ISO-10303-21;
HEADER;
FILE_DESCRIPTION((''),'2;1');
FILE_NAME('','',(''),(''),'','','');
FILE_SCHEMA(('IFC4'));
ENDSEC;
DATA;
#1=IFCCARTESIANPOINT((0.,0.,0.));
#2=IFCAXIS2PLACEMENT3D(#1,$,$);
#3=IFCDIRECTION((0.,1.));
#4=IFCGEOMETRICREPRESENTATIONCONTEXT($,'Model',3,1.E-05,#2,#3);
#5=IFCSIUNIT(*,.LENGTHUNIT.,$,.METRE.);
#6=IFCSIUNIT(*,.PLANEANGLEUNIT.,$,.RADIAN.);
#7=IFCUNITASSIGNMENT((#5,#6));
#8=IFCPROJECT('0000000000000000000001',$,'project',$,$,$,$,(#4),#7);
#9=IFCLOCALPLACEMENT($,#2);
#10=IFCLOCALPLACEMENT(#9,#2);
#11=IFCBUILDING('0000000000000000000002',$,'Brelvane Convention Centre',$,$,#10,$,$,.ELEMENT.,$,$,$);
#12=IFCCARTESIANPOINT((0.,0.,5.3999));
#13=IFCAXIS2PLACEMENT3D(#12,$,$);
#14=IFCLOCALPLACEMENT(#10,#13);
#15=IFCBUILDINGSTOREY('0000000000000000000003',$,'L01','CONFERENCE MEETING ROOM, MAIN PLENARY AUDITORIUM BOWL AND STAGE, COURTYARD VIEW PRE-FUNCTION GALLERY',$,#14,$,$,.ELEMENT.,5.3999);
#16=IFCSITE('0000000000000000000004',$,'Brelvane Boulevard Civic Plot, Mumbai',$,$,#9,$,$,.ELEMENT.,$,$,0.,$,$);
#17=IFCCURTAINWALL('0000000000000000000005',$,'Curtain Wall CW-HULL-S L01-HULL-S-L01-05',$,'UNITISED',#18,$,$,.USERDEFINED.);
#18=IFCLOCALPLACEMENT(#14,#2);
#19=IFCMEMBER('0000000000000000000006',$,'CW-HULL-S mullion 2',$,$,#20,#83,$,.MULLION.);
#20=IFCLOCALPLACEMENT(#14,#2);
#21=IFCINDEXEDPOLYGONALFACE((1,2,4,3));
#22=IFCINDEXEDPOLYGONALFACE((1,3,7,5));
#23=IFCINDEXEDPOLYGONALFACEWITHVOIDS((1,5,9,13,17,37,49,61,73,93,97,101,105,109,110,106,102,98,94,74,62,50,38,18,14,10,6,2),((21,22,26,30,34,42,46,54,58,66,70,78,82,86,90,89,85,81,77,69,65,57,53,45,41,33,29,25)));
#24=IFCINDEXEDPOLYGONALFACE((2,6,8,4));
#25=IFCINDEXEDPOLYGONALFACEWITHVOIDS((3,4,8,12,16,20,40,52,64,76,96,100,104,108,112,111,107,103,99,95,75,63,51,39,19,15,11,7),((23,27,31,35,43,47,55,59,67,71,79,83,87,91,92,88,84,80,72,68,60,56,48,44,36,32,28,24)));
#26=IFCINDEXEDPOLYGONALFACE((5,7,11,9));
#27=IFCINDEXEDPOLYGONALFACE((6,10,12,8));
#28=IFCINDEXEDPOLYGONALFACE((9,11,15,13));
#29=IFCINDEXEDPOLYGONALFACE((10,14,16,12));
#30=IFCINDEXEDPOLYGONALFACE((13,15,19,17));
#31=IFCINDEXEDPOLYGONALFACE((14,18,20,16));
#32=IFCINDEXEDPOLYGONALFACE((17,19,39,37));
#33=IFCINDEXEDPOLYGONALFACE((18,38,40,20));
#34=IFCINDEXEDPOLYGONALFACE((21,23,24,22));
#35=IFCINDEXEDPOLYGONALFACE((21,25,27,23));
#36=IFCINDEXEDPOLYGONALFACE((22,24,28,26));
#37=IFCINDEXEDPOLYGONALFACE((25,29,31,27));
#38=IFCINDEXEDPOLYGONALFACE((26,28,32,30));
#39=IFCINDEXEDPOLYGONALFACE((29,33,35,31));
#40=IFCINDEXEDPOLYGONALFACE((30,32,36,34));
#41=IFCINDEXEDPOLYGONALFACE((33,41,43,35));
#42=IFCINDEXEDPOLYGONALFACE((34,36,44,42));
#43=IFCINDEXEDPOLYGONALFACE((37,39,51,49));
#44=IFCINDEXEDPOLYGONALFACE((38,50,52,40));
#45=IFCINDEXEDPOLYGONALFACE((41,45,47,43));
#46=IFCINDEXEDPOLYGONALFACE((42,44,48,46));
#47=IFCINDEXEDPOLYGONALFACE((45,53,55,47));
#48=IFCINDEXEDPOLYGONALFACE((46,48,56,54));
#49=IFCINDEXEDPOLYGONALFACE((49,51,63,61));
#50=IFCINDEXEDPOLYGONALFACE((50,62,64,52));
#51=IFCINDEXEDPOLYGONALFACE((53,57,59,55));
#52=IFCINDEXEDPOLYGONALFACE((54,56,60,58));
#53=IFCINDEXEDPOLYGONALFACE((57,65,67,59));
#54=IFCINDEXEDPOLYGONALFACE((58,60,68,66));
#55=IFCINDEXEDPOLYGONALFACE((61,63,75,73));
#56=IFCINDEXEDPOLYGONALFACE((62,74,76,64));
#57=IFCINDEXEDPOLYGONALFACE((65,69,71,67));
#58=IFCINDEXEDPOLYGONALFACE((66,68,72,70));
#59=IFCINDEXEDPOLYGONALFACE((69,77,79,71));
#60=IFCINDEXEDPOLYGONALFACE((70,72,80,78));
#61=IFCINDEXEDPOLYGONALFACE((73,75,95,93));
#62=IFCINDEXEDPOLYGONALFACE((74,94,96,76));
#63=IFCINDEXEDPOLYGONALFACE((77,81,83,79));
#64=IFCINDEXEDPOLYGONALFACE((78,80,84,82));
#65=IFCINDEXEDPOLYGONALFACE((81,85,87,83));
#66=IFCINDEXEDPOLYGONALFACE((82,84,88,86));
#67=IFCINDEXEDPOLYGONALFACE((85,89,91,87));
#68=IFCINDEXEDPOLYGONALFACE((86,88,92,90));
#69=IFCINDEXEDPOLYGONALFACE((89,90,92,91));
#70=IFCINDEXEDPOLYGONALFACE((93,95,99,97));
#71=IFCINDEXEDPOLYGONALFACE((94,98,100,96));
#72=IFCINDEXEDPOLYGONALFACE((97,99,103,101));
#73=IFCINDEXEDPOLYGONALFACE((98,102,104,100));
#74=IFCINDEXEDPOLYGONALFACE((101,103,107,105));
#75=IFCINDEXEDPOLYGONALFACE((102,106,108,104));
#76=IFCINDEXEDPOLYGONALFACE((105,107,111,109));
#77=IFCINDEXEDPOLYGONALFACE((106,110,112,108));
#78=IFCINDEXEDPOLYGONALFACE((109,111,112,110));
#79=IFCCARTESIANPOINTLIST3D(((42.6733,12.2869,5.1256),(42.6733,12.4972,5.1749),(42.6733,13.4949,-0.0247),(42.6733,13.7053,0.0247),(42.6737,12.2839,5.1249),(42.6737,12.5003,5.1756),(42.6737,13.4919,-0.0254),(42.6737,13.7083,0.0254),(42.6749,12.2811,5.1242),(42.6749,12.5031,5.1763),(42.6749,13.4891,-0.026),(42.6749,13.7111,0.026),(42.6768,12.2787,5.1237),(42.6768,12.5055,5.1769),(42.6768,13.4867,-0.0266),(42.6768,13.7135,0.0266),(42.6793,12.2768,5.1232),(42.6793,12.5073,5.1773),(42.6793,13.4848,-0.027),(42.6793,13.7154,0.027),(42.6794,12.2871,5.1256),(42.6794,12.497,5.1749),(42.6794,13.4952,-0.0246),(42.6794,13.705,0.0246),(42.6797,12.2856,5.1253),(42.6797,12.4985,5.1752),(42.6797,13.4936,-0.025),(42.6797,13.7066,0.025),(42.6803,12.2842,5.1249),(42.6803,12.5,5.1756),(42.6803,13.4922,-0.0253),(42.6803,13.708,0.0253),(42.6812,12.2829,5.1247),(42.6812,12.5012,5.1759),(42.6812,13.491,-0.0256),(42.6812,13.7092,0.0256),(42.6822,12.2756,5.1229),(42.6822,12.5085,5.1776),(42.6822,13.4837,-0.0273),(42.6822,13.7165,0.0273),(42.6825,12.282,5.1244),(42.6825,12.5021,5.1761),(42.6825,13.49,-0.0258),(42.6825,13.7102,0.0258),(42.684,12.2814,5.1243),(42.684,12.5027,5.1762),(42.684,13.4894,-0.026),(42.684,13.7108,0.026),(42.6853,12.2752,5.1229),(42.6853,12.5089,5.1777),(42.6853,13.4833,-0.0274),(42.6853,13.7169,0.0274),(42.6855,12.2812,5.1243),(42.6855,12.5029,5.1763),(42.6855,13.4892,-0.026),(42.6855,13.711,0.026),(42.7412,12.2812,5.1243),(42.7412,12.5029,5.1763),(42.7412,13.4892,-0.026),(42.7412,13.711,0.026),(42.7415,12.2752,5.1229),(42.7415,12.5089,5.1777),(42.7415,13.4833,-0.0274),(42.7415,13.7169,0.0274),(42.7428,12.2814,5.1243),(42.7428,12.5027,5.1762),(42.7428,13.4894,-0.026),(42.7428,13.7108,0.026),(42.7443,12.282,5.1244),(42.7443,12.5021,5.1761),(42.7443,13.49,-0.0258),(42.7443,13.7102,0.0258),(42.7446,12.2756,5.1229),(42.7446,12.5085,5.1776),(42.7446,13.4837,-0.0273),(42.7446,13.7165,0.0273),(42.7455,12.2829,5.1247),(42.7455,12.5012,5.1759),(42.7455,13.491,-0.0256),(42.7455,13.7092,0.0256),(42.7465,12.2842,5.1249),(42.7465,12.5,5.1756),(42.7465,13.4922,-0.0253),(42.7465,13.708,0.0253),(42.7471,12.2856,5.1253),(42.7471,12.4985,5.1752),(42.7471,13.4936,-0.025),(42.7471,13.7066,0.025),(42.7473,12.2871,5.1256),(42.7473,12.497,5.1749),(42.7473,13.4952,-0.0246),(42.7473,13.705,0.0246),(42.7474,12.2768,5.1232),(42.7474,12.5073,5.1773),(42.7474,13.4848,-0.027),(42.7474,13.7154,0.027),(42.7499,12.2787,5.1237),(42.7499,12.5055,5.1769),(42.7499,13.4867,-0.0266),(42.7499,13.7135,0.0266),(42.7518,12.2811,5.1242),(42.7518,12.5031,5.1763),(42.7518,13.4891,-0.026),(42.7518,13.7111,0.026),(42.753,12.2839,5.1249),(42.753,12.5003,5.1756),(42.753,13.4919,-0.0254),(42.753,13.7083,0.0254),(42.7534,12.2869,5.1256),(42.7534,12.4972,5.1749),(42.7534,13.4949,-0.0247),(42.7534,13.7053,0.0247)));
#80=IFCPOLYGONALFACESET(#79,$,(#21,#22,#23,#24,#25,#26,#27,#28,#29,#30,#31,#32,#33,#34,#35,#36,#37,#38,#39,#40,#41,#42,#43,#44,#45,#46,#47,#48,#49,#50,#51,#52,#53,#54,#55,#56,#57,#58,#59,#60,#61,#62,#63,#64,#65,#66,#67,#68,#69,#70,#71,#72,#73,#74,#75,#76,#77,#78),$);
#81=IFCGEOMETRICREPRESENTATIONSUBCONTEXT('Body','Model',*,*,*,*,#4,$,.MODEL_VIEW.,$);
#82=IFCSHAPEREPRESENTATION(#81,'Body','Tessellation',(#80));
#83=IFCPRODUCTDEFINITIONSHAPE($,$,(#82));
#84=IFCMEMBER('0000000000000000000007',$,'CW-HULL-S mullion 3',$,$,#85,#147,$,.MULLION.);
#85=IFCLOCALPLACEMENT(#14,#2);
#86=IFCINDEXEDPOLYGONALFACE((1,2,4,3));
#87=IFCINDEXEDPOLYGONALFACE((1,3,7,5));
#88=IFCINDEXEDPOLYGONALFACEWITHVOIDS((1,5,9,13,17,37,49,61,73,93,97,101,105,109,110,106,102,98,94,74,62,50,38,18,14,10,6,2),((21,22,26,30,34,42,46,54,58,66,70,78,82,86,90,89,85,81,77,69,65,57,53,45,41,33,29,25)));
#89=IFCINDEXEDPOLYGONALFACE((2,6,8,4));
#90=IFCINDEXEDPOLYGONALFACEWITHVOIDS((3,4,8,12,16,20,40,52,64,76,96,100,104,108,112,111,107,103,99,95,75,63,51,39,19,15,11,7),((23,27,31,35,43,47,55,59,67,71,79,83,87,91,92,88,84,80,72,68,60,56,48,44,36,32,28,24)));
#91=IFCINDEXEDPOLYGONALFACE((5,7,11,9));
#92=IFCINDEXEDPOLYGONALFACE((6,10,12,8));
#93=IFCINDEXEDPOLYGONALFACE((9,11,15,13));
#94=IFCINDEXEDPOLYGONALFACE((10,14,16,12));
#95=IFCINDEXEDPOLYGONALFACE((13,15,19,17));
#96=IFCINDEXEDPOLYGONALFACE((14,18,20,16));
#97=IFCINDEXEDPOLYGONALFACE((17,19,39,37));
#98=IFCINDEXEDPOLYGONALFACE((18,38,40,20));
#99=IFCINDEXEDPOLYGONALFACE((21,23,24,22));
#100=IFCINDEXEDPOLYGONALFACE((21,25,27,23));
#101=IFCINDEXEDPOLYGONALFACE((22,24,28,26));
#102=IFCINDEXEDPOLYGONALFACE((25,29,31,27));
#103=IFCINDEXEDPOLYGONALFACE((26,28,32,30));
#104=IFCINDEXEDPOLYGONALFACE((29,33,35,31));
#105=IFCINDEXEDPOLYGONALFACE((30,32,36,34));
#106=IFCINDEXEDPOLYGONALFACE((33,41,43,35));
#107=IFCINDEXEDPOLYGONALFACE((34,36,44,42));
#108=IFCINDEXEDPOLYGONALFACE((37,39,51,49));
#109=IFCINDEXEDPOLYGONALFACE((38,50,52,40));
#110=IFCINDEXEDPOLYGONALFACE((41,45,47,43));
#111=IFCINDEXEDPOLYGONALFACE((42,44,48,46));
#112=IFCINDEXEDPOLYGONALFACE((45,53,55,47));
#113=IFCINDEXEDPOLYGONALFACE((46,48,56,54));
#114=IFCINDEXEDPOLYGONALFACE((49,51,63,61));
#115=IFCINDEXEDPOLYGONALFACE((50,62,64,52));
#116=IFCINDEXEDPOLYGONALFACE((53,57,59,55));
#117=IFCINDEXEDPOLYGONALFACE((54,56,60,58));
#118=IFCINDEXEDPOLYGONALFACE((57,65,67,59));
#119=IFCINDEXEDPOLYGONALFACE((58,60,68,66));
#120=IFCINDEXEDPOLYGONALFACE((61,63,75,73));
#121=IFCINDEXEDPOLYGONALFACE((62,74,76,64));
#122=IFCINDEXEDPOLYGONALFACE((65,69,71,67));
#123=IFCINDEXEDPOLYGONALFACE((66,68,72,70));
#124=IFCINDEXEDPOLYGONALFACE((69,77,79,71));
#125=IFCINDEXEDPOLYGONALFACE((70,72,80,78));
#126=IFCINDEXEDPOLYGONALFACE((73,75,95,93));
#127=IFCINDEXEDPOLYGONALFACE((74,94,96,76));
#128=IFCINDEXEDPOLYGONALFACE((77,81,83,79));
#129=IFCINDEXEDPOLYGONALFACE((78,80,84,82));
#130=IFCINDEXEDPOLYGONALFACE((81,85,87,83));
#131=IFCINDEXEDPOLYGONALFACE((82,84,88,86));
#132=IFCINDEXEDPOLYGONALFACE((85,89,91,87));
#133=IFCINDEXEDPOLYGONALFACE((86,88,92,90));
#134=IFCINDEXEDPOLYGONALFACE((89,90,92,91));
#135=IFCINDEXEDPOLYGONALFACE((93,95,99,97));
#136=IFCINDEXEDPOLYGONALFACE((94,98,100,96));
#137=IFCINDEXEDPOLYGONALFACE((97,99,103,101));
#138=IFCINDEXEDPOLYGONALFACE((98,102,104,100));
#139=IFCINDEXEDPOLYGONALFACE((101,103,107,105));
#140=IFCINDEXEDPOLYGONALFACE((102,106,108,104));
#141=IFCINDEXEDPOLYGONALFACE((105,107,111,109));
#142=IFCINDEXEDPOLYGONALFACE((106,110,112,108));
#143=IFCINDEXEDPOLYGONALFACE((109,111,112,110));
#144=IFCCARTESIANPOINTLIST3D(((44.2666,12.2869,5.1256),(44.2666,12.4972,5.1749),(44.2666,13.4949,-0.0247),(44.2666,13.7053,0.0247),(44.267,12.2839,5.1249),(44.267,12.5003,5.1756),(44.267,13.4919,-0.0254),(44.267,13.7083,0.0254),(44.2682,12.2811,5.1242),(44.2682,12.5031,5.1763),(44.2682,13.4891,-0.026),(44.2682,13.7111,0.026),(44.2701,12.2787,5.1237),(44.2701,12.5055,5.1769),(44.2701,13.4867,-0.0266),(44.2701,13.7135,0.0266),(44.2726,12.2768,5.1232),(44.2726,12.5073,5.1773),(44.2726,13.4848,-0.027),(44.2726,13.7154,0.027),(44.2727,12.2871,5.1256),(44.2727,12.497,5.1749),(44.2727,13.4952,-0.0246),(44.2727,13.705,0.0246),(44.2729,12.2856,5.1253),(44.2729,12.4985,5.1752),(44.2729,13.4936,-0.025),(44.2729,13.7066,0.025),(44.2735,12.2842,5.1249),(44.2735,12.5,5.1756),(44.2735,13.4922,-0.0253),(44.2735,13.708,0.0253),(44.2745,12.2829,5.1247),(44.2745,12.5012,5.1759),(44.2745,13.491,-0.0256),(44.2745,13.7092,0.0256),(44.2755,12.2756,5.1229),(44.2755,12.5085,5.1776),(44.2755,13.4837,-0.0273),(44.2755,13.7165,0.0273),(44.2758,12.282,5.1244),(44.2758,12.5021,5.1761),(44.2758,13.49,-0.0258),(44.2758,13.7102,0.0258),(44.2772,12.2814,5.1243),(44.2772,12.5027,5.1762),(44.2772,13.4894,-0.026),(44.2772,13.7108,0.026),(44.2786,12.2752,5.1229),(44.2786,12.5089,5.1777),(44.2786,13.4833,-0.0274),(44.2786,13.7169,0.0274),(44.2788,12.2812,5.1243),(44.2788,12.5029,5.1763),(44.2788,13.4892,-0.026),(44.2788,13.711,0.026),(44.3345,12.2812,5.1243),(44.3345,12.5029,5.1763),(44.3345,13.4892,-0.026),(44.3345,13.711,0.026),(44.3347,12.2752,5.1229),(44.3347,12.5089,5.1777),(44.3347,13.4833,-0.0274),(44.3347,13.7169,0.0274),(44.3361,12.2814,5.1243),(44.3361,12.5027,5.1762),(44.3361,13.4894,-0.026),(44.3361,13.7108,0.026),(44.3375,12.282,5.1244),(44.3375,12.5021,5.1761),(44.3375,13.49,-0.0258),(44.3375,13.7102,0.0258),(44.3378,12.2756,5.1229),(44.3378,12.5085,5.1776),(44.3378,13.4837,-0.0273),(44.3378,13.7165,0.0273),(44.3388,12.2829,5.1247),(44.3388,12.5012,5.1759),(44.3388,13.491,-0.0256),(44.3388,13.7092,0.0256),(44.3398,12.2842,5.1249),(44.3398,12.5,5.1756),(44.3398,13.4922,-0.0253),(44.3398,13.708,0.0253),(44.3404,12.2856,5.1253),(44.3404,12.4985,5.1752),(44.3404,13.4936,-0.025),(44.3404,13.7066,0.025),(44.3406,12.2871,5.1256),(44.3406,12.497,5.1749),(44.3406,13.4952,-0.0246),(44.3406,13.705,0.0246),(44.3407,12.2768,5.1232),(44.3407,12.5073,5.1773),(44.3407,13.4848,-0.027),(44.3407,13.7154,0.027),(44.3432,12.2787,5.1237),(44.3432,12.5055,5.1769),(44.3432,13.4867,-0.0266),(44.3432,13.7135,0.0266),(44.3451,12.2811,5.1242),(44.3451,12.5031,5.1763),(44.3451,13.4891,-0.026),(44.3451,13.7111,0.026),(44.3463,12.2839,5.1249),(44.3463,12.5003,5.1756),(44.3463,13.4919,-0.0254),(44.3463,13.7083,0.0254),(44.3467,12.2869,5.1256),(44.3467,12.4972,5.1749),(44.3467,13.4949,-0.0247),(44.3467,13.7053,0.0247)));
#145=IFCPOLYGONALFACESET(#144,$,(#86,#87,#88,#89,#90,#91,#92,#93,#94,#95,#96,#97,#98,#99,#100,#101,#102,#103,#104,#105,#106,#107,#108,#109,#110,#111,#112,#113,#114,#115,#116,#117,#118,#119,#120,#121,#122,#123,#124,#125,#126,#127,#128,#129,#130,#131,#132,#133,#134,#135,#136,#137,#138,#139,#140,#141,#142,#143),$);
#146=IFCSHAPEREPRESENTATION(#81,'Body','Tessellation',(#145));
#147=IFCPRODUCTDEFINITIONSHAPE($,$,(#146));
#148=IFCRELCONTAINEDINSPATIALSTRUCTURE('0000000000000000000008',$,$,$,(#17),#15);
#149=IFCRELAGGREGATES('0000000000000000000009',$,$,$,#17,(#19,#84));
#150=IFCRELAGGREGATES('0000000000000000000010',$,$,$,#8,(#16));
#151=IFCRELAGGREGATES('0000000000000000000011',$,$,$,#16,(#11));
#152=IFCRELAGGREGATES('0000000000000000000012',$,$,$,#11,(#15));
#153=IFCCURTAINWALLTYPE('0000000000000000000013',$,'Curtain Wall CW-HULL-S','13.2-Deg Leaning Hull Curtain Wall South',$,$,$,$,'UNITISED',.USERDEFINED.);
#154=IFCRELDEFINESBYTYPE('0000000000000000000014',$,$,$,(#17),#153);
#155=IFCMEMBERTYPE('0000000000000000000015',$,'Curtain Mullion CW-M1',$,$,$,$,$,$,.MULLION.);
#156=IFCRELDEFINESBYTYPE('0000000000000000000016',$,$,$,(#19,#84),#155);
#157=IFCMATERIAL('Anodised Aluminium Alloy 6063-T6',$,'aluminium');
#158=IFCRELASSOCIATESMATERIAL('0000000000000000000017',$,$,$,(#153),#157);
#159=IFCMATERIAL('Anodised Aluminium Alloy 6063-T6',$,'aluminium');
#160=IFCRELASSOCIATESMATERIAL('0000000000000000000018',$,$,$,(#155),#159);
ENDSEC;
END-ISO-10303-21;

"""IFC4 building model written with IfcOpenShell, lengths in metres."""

from ifc_helpers import new_model, si_unit, direction, frame, origin, origin_2d, place, context, subcontext, project, spatial, hollow_rectangle, extrude, material, material_profile, profile_set, type_object, element, aggregate, save


model = new_model("IFC4")

# Units and contexts
model_context = context("Model", 3, precision=1e-05, world=origin(), true_north=direction((0.0, 1.0)))
body_context = subcontext(model_context, "Body", "Model", "MODEL_VIEW")
ifc_project = project(units=[si_unit("LENGTHUNIT", "METRE"), si_unit("PLANEANGLEUNIT", "RADIAN")], contexts=[model_context])

# Site, building, storey
site_placement = place(None, origin())
site = spatial("IfcSite", under=ifc_project, at=site_placement, Name="Brelvane Boulevard Civic Plot, Mumbai", CompositionType="ELEMENT", RefElevation=0.0)
building_placement = place(site_placement, origin())
building = spatial("IfcBuilding", under=site, at=building_placement, Name="Brelvane Convention Centre", CompositionType="ELEMENT")
storey_placement = place(building_placement, frame((0.0, 0.0, 5.3999)))
storey = spatial("IfcBuildingStorey", under=building, at=storey_placement, Name="L01", Description="CONFERENCE MEETING ROOM, MAIN PLENARY AUDITORIUM BOWL AND STAGE, COURTYARD VIEW PRE-FUNCTION GALLERY", CompositionType="ELEMENT", Elevation=5.3999)

# Curtain wall, members
ifc_material_1 = material(Name="Anodised Aluminium Alloy 6063-T6", Category="aluminium")
curtain_wall_type = type_object("IfcCurtainWallType", Name="Curtain Wall CW-HULL-S", Description="13.2-Deg Leaning Hull Curtain Wall South", ElementType="UNITISED", PredefinedType="USERDEFINED", material=ifc_material_1)
ifc_material_2 = material(Name="Anodised Aluminium Alloy 6063-T6", Category="aluminium")
ifc_material_profile_1 = material_profile(ifc_material_2, hollow_rectangle(XDim=0.0801, YDim=0.24, WallThickness=0.0061, InnerFilletRadius=0.0061, OuterFilletRadius=0.012, at=origin_2d()), Name="ALU-M 240x80x6.0")
ifc_profile_set_1 = profile_set([ifc_material_profile_1], Name="Anodised Aluminium Alloy 6063-T6")
member_type_1 = type_object("IfcMemberType", Name="Curtain Mullion CW-M1", PredefinedType="MULLION", material=ifc_profile_set_1)
curtain_wall_1_placement = place(storey_placement, origin())
curtain_wall_1 = element("IfcCurtainWall", 1, at=curtain_wall_1_placement, inside=storey, type_object=curtain_wall_type, Name="Curtain Wall CW-HULL-S L01-HULL-S-L01-05", ObjectType="UNITISED", PredefinedType="USERDEFINED")
member_1_placement = place(storey_placement, frame((42.7134, 13.6001, 0.0), z_axis=(0.0, -0.22836, 0.973577), x_axis=(1.0, 0.0, 0.0)))
member_1 = element("IfcMember", 2, at=member_1_placement, type_object=member_type_1, Name="CW-HULL-S mullion 2", PredefinedType="MULLION", context=body_context, shape_type="SweptSolid", body=[
    extrude(hollow_rectangle(XDim=0.0801, YDim=0.24, WallThickness=0.0061, InnerFilletRadius=0.0061, OuterFilletRadius=0.012, at=origin_2d()), origin(), (0.0, 0.0, 1.0), 5.29),
])
member_2_placement = place(storey_placement, frame((44.3066, 13.6001, 0.0), z_axis=(0.0, -0.22836, 0.973577), x_axis=(1.0, 0.0, 0.0)))
member_2 = element("IfcMember", 3, at=member_2_placement, type_object=member_type_1, Name="CW-HULL-S mullion 3", PredefinedType="MULLION", context=body_context, shape_type="SweptSolid", body=[
    extrude(hollow_rectangle(XDim=0.0801, YDim=0.24, WallThickness=0.0061, InnerFilletRadius=0.0061, OuterFilletRadius=0.012, at=origin_2d()), origin(), (0.0, 0.0, 1.0), 5.29),
])

aggregate(curtain_wall_1, [member_1, member_2])

save(model, "model.ifc")
